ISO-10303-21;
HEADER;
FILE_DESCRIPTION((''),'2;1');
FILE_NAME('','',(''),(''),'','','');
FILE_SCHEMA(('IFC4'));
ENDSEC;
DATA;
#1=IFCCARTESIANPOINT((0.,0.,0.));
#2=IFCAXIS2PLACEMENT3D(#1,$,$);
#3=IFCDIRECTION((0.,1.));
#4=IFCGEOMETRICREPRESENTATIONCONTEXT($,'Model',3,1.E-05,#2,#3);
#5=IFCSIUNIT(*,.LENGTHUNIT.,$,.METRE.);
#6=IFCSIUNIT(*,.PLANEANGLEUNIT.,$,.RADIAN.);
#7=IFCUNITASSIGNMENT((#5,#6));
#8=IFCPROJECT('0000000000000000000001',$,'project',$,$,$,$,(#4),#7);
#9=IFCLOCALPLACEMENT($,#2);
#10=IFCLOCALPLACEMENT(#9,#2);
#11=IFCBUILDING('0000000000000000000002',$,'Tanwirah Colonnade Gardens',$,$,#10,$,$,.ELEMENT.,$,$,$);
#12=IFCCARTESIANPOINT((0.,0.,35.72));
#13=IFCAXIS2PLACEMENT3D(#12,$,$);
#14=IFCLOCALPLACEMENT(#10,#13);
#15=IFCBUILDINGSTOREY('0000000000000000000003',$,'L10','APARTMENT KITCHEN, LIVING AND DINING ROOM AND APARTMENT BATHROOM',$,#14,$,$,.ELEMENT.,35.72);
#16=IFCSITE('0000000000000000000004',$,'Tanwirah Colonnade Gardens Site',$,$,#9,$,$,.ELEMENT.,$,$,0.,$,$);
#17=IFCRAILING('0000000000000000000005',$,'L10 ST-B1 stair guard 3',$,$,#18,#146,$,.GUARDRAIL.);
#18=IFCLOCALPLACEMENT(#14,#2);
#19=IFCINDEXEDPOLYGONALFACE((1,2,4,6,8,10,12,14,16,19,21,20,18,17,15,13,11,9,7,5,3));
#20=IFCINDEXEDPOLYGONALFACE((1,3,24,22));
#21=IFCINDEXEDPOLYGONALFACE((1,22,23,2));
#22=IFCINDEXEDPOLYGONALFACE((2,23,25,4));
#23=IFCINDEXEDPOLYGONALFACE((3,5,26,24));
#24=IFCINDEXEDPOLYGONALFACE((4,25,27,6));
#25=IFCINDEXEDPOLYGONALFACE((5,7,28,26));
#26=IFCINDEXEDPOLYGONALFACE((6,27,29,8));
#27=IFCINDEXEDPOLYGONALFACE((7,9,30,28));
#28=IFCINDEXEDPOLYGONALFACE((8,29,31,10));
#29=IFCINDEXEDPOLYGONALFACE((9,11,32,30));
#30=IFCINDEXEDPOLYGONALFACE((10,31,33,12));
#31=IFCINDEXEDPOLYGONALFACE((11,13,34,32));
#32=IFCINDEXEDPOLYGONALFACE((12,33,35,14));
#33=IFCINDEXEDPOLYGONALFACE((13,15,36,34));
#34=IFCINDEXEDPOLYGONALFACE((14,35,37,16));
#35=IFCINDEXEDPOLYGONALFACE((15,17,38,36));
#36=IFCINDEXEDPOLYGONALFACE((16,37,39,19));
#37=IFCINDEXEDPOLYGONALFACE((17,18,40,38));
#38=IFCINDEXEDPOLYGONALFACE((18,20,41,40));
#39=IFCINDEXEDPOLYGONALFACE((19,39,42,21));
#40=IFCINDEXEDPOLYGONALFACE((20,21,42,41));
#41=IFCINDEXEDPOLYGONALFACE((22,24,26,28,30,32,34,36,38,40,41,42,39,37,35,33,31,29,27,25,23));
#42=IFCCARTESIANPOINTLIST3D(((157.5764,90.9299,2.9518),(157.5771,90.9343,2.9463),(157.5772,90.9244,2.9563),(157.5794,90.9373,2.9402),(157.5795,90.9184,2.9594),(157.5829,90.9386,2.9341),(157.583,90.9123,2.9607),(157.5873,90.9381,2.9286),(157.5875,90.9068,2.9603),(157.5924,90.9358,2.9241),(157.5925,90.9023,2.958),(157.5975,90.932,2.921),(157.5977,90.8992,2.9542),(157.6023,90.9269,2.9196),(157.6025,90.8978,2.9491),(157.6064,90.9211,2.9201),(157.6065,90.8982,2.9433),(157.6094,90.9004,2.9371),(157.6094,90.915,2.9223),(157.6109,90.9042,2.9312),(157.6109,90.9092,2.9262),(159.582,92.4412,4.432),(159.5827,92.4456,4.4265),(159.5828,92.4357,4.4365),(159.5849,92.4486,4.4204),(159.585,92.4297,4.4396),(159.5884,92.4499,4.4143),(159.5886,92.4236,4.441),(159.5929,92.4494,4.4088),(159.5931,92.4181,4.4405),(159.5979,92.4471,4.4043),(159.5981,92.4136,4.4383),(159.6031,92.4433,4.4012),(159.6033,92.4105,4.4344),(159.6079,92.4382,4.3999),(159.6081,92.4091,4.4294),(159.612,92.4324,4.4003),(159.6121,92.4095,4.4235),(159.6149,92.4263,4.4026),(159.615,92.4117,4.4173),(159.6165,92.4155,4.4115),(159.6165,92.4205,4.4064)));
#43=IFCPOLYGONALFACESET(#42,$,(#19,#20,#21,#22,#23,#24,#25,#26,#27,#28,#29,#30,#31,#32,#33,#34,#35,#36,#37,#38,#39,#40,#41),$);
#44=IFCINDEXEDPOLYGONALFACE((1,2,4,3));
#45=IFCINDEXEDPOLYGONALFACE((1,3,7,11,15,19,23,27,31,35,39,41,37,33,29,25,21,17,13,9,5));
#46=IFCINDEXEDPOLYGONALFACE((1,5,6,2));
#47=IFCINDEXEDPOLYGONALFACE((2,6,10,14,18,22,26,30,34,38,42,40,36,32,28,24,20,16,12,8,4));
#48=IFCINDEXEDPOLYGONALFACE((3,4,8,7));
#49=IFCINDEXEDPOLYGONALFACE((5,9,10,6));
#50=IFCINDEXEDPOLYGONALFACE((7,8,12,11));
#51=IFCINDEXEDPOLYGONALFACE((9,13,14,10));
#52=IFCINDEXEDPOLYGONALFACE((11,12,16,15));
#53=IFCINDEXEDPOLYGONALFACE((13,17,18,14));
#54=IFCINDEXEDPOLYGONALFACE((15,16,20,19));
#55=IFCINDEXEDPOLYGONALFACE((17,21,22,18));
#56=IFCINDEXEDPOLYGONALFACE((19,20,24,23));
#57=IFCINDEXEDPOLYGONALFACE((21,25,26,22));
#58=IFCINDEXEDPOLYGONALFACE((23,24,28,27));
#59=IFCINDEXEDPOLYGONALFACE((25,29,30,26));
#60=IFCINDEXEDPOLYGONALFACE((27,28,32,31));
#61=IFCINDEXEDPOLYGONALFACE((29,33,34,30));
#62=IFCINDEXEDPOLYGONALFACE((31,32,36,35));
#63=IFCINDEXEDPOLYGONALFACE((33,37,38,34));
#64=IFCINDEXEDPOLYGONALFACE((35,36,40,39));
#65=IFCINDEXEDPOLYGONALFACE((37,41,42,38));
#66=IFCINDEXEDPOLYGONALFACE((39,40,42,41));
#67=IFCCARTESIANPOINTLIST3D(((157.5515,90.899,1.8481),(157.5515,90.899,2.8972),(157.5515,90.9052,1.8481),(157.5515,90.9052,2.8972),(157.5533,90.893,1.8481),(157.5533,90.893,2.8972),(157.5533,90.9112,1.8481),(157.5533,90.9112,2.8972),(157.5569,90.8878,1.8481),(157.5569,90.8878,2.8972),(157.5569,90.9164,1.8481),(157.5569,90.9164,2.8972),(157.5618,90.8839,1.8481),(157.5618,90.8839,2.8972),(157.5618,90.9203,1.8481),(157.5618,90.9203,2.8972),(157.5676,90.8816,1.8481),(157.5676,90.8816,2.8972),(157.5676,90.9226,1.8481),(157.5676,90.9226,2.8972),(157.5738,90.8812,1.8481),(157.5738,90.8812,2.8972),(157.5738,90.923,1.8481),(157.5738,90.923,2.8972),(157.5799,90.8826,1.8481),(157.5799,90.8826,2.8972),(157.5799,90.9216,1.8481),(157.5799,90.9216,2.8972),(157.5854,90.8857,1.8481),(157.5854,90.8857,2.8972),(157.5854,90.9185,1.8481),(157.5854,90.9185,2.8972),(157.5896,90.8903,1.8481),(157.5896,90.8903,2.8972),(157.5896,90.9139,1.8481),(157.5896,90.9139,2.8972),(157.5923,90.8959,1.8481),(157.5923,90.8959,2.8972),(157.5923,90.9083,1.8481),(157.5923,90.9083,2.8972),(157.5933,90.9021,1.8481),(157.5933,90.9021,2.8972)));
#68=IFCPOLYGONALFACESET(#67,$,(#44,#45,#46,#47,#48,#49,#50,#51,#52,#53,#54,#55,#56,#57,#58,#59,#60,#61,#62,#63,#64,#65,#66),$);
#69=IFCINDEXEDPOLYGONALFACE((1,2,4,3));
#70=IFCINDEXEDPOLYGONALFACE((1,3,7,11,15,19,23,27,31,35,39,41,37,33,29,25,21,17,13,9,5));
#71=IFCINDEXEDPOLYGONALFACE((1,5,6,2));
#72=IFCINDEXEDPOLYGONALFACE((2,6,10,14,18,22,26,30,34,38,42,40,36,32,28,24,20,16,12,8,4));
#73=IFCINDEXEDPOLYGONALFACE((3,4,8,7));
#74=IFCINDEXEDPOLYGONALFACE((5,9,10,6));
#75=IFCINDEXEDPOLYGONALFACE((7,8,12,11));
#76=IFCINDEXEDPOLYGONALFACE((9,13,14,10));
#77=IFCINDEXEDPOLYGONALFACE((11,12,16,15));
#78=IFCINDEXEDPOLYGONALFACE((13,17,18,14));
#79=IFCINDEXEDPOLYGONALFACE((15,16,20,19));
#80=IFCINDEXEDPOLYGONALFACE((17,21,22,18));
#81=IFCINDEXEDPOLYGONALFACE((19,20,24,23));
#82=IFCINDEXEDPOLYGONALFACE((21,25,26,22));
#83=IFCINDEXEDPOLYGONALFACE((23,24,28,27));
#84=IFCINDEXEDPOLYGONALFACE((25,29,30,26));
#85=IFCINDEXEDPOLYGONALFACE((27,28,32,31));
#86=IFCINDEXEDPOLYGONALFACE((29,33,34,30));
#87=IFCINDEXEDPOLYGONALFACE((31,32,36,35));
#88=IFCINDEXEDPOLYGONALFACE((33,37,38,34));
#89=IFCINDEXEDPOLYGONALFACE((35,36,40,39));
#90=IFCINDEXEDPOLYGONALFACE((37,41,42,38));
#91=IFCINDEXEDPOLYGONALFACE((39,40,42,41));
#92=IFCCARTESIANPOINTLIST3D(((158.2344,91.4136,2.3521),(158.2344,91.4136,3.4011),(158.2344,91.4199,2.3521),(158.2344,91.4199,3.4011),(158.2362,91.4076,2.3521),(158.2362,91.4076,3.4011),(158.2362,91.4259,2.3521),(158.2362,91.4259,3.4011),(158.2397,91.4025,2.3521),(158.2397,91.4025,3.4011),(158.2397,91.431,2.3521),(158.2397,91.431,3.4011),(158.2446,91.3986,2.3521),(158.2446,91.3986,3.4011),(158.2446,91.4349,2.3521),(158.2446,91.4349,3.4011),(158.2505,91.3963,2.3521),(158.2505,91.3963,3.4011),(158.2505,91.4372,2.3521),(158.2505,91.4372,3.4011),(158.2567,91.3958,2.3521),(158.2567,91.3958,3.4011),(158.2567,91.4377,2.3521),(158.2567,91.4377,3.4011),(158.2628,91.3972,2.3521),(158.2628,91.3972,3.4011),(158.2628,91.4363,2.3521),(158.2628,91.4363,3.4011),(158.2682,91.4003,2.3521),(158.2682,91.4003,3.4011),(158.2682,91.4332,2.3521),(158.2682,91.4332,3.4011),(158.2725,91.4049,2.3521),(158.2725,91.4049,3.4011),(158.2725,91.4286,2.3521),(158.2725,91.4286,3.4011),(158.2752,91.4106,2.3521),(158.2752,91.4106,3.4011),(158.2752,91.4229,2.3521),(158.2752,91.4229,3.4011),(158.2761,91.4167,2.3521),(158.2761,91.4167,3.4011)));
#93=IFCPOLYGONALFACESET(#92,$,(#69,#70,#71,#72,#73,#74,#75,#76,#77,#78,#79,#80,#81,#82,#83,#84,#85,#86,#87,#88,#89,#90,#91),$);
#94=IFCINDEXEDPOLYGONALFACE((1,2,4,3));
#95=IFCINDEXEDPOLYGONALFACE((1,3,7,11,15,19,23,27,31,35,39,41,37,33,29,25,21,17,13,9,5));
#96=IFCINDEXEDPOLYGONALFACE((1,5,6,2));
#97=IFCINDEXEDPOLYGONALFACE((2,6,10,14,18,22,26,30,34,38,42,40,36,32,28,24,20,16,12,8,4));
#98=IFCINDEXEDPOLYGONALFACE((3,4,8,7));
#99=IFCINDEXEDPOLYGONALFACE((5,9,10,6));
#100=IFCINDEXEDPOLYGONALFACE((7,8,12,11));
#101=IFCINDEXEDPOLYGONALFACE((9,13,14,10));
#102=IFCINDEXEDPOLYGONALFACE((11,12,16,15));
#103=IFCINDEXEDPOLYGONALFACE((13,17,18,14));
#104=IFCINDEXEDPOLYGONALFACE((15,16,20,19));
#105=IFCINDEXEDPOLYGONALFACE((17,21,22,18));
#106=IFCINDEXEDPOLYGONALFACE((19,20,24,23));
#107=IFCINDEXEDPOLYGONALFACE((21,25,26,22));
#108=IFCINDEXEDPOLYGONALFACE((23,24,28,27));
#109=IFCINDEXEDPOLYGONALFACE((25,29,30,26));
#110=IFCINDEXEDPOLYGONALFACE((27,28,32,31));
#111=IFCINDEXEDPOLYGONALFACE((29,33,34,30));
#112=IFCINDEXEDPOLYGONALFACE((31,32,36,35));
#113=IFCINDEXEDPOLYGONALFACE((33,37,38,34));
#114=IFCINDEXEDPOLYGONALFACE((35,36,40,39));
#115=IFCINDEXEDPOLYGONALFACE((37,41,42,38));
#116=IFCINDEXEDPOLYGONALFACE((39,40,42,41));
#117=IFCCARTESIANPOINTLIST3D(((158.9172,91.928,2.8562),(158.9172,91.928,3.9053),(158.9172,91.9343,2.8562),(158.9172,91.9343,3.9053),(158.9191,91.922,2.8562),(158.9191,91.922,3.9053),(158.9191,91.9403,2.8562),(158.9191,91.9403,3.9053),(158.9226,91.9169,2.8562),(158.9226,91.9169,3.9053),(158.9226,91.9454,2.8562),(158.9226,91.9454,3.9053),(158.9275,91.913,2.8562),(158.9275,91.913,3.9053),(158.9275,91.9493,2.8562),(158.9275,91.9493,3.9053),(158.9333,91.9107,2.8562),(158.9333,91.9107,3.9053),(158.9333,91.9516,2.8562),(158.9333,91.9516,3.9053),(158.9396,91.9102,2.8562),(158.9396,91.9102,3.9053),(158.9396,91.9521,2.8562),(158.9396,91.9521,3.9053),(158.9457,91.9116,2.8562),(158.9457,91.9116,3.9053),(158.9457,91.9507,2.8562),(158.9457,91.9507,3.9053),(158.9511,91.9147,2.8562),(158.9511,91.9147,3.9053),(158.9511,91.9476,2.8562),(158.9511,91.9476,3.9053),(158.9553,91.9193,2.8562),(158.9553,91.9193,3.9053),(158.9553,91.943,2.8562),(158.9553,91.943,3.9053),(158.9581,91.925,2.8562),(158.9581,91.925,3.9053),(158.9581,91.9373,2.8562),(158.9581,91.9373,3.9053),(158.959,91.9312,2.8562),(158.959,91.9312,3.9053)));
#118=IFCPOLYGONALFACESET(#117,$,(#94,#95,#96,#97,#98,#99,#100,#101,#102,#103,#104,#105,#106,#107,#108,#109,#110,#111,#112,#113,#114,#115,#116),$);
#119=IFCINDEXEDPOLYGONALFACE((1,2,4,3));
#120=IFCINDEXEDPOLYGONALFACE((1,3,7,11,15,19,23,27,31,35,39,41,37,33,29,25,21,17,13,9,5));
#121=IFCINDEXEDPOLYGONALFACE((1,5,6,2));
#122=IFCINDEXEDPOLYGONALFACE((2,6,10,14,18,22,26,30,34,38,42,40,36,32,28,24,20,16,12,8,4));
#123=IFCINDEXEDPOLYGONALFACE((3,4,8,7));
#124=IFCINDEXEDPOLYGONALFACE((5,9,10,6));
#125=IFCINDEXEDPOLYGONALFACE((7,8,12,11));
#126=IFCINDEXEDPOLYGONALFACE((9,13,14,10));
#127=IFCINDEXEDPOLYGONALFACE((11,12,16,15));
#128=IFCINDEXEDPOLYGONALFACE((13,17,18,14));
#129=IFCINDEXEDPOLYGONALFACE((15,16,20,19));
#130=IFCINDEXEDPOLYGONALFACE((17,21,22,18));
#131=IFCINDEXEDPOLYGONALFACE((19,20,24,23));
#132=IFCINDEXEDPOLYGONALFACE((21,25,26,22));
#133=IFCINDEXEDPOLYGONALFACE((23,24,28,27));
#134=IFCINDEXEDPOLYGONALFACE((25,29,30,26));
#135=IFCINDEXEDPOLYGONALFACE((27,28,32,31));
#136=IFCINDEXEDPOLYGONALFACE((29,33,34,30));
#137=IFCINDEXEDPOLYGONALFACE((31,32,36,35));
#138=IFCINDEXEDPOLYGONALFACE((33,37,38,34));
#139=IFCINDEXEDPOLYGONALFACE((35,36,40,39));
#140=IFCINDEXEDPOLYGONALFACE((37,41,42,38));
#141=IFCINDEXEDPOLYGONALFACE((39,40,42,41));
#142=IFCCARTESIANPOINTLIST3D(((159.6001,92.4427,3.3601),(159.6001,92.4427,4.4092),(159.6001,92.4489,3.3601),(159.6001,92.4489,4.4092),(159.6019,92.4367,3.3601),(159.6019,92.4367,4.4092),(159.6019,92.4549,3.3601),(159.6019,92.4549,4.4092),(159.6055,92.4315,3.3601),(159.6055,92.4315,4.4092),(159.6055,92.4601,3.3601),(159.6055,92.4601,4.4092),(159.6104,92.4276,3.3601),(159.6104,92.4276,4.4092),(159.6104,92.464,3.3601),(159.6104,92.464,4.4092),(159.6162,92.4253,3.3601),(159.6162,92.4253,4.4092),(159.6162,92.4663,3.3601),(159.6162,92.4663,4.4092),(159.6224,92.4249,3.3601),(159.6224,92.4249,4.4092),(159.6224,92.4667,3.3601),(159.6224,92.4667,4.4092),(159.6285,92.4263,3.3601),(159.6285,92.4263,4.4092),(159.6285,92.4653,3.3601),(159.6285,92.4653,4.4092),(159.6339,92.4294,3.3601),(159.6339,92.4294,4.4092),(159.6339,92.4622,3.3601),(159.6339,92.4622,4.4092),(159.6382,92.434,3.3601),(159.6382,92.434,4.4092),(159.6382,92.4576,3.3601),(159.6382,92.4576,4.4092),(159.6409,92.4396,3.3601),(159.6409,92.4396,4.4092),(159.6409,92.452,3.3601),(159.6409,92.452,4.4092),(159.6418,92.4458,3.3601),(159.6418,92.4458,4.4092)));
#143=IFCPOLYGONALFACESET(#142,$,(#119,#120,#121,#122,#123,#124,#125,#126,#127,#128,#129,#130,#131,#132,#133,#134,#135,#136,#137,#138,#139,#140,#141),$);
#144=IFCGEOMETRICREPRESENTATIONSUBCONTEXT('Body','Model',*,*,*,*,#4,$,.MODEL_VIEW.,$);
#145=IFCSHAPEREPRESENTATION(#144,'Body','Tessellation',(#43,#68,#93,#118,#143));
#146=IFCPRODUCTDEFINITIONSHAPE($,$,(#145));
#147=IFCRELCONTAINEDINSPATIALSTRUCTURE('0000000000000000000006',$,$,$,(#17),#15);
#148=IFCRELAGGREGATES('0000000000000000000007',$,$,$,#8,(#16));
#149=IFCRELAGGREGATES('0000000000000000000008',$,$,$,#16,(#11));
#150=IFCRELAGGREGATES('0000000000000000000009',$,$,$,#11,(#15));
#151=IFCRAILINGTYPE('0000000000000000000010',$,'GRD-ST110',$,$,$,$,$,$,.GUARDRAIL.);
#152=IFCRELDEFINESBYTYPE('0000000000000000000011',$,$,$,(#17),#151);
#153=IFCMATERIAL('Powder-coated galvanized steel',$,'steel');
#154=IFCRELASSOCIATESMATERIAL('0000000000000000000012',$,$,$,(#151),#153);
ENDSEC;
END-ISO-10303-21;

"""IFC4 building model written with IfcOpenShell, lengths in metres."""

from ifc_helpers import new_model, si_unit, direction, frame, origin, origin_2d, place, context, subcontext, project, spatial, circle, extrude, material, type_object, element, save


model = new_model("IFC4")

# Units and contexts
model_context = context("Model", 3, precision=1e-05, world=origin(), true_north=direction((0.0, 1.0)))
body_context = subcontext(model_context, "Body", "Model", "MODEL_VIEW")
ifc_project = project(units=[si_unit("LENGTHUNIT", "METRE"), si_unit("PLANEANGLEUNIT", "RADIAN")], contexts=[model_context])

# Site, building, storey
site_placement = place(None, origin())
site = spatial("IfcSite", under=ifc_project, at=site_placement, Name="Tanwirah Colonnade Gardens Site", CompositionType="ELEMENT", RefElevation=0.0)
building_placement = place(site_placement, origin())
building = spatial("IfcBuilding", under=site, at=building_placement, Name="Tanwirah Colonnade Gardens", CompositionType="ELEMENT")
storey_placement = place(building_placement, frame((0.0, 0.0, 35.72)))
storey = spatial("IfcBuildingStorey", under=building, at=storey_placement, Name="L10", Description="APARTMENT KITCHEN, LIVING AND DINING ROOM AND APARTMENT BATHROOM", CompositionType="ELEMENT", Elevation=35.72)

# Railing
ifc_material_1 = material(Name="Powder-coated galvanized steel", Category="steel")
railing_type_1 = type_object("IfcRailingType", Name="GRD-ST110", PredefinedType="GUARDRAIL", material=ifc_material_1)
railing_1_placement = place(storey_placement, frame((157.5723, 90.9021, 1.8481)))
element("IfcRailing", 1, at=railing_1_placement, inside=storey, type_object=railing_type_1, Name="L10 ST-B1 stair guard 3", PredefinedType="GUARDRAIL", context=body_context, shape_type="SweptSolid", body=[
    extrude(circle(Radius=0.0239, at=origin_2d()), frame((0.0215, 0.0161, 1.092), z_axis=(0.688012, 0.518449, 0.507789), x_axis=(-0.601811, 0.798639, 0.0)), (0.0, 0.0, 1.0), 2.915),
    extrude(circle(Radius=0.021, at=origin_2d()), origin(), (0.0, 0.0, 1.0), 1.0491),
    extrude(circle(Radius=0.021, at=origin_2d()), frame((0.6829, 0.5146, 0.5039)), (0.0, 0.0, 1.0), 1.0491),
    extrude(circle(Radius=0.021, at=origin_2d()), frame((1.3657, 1.0291, 1.0081)), (0.0, 0.0, 1.0), 1.0491),
    extrude(circle(Radius=0.021, at=origin_2d()), frame((2.0486, 1.5437, 1.512)), (0.0, 0.0, 1.0), 1.0491),
])

save(model, "model.ifc")
